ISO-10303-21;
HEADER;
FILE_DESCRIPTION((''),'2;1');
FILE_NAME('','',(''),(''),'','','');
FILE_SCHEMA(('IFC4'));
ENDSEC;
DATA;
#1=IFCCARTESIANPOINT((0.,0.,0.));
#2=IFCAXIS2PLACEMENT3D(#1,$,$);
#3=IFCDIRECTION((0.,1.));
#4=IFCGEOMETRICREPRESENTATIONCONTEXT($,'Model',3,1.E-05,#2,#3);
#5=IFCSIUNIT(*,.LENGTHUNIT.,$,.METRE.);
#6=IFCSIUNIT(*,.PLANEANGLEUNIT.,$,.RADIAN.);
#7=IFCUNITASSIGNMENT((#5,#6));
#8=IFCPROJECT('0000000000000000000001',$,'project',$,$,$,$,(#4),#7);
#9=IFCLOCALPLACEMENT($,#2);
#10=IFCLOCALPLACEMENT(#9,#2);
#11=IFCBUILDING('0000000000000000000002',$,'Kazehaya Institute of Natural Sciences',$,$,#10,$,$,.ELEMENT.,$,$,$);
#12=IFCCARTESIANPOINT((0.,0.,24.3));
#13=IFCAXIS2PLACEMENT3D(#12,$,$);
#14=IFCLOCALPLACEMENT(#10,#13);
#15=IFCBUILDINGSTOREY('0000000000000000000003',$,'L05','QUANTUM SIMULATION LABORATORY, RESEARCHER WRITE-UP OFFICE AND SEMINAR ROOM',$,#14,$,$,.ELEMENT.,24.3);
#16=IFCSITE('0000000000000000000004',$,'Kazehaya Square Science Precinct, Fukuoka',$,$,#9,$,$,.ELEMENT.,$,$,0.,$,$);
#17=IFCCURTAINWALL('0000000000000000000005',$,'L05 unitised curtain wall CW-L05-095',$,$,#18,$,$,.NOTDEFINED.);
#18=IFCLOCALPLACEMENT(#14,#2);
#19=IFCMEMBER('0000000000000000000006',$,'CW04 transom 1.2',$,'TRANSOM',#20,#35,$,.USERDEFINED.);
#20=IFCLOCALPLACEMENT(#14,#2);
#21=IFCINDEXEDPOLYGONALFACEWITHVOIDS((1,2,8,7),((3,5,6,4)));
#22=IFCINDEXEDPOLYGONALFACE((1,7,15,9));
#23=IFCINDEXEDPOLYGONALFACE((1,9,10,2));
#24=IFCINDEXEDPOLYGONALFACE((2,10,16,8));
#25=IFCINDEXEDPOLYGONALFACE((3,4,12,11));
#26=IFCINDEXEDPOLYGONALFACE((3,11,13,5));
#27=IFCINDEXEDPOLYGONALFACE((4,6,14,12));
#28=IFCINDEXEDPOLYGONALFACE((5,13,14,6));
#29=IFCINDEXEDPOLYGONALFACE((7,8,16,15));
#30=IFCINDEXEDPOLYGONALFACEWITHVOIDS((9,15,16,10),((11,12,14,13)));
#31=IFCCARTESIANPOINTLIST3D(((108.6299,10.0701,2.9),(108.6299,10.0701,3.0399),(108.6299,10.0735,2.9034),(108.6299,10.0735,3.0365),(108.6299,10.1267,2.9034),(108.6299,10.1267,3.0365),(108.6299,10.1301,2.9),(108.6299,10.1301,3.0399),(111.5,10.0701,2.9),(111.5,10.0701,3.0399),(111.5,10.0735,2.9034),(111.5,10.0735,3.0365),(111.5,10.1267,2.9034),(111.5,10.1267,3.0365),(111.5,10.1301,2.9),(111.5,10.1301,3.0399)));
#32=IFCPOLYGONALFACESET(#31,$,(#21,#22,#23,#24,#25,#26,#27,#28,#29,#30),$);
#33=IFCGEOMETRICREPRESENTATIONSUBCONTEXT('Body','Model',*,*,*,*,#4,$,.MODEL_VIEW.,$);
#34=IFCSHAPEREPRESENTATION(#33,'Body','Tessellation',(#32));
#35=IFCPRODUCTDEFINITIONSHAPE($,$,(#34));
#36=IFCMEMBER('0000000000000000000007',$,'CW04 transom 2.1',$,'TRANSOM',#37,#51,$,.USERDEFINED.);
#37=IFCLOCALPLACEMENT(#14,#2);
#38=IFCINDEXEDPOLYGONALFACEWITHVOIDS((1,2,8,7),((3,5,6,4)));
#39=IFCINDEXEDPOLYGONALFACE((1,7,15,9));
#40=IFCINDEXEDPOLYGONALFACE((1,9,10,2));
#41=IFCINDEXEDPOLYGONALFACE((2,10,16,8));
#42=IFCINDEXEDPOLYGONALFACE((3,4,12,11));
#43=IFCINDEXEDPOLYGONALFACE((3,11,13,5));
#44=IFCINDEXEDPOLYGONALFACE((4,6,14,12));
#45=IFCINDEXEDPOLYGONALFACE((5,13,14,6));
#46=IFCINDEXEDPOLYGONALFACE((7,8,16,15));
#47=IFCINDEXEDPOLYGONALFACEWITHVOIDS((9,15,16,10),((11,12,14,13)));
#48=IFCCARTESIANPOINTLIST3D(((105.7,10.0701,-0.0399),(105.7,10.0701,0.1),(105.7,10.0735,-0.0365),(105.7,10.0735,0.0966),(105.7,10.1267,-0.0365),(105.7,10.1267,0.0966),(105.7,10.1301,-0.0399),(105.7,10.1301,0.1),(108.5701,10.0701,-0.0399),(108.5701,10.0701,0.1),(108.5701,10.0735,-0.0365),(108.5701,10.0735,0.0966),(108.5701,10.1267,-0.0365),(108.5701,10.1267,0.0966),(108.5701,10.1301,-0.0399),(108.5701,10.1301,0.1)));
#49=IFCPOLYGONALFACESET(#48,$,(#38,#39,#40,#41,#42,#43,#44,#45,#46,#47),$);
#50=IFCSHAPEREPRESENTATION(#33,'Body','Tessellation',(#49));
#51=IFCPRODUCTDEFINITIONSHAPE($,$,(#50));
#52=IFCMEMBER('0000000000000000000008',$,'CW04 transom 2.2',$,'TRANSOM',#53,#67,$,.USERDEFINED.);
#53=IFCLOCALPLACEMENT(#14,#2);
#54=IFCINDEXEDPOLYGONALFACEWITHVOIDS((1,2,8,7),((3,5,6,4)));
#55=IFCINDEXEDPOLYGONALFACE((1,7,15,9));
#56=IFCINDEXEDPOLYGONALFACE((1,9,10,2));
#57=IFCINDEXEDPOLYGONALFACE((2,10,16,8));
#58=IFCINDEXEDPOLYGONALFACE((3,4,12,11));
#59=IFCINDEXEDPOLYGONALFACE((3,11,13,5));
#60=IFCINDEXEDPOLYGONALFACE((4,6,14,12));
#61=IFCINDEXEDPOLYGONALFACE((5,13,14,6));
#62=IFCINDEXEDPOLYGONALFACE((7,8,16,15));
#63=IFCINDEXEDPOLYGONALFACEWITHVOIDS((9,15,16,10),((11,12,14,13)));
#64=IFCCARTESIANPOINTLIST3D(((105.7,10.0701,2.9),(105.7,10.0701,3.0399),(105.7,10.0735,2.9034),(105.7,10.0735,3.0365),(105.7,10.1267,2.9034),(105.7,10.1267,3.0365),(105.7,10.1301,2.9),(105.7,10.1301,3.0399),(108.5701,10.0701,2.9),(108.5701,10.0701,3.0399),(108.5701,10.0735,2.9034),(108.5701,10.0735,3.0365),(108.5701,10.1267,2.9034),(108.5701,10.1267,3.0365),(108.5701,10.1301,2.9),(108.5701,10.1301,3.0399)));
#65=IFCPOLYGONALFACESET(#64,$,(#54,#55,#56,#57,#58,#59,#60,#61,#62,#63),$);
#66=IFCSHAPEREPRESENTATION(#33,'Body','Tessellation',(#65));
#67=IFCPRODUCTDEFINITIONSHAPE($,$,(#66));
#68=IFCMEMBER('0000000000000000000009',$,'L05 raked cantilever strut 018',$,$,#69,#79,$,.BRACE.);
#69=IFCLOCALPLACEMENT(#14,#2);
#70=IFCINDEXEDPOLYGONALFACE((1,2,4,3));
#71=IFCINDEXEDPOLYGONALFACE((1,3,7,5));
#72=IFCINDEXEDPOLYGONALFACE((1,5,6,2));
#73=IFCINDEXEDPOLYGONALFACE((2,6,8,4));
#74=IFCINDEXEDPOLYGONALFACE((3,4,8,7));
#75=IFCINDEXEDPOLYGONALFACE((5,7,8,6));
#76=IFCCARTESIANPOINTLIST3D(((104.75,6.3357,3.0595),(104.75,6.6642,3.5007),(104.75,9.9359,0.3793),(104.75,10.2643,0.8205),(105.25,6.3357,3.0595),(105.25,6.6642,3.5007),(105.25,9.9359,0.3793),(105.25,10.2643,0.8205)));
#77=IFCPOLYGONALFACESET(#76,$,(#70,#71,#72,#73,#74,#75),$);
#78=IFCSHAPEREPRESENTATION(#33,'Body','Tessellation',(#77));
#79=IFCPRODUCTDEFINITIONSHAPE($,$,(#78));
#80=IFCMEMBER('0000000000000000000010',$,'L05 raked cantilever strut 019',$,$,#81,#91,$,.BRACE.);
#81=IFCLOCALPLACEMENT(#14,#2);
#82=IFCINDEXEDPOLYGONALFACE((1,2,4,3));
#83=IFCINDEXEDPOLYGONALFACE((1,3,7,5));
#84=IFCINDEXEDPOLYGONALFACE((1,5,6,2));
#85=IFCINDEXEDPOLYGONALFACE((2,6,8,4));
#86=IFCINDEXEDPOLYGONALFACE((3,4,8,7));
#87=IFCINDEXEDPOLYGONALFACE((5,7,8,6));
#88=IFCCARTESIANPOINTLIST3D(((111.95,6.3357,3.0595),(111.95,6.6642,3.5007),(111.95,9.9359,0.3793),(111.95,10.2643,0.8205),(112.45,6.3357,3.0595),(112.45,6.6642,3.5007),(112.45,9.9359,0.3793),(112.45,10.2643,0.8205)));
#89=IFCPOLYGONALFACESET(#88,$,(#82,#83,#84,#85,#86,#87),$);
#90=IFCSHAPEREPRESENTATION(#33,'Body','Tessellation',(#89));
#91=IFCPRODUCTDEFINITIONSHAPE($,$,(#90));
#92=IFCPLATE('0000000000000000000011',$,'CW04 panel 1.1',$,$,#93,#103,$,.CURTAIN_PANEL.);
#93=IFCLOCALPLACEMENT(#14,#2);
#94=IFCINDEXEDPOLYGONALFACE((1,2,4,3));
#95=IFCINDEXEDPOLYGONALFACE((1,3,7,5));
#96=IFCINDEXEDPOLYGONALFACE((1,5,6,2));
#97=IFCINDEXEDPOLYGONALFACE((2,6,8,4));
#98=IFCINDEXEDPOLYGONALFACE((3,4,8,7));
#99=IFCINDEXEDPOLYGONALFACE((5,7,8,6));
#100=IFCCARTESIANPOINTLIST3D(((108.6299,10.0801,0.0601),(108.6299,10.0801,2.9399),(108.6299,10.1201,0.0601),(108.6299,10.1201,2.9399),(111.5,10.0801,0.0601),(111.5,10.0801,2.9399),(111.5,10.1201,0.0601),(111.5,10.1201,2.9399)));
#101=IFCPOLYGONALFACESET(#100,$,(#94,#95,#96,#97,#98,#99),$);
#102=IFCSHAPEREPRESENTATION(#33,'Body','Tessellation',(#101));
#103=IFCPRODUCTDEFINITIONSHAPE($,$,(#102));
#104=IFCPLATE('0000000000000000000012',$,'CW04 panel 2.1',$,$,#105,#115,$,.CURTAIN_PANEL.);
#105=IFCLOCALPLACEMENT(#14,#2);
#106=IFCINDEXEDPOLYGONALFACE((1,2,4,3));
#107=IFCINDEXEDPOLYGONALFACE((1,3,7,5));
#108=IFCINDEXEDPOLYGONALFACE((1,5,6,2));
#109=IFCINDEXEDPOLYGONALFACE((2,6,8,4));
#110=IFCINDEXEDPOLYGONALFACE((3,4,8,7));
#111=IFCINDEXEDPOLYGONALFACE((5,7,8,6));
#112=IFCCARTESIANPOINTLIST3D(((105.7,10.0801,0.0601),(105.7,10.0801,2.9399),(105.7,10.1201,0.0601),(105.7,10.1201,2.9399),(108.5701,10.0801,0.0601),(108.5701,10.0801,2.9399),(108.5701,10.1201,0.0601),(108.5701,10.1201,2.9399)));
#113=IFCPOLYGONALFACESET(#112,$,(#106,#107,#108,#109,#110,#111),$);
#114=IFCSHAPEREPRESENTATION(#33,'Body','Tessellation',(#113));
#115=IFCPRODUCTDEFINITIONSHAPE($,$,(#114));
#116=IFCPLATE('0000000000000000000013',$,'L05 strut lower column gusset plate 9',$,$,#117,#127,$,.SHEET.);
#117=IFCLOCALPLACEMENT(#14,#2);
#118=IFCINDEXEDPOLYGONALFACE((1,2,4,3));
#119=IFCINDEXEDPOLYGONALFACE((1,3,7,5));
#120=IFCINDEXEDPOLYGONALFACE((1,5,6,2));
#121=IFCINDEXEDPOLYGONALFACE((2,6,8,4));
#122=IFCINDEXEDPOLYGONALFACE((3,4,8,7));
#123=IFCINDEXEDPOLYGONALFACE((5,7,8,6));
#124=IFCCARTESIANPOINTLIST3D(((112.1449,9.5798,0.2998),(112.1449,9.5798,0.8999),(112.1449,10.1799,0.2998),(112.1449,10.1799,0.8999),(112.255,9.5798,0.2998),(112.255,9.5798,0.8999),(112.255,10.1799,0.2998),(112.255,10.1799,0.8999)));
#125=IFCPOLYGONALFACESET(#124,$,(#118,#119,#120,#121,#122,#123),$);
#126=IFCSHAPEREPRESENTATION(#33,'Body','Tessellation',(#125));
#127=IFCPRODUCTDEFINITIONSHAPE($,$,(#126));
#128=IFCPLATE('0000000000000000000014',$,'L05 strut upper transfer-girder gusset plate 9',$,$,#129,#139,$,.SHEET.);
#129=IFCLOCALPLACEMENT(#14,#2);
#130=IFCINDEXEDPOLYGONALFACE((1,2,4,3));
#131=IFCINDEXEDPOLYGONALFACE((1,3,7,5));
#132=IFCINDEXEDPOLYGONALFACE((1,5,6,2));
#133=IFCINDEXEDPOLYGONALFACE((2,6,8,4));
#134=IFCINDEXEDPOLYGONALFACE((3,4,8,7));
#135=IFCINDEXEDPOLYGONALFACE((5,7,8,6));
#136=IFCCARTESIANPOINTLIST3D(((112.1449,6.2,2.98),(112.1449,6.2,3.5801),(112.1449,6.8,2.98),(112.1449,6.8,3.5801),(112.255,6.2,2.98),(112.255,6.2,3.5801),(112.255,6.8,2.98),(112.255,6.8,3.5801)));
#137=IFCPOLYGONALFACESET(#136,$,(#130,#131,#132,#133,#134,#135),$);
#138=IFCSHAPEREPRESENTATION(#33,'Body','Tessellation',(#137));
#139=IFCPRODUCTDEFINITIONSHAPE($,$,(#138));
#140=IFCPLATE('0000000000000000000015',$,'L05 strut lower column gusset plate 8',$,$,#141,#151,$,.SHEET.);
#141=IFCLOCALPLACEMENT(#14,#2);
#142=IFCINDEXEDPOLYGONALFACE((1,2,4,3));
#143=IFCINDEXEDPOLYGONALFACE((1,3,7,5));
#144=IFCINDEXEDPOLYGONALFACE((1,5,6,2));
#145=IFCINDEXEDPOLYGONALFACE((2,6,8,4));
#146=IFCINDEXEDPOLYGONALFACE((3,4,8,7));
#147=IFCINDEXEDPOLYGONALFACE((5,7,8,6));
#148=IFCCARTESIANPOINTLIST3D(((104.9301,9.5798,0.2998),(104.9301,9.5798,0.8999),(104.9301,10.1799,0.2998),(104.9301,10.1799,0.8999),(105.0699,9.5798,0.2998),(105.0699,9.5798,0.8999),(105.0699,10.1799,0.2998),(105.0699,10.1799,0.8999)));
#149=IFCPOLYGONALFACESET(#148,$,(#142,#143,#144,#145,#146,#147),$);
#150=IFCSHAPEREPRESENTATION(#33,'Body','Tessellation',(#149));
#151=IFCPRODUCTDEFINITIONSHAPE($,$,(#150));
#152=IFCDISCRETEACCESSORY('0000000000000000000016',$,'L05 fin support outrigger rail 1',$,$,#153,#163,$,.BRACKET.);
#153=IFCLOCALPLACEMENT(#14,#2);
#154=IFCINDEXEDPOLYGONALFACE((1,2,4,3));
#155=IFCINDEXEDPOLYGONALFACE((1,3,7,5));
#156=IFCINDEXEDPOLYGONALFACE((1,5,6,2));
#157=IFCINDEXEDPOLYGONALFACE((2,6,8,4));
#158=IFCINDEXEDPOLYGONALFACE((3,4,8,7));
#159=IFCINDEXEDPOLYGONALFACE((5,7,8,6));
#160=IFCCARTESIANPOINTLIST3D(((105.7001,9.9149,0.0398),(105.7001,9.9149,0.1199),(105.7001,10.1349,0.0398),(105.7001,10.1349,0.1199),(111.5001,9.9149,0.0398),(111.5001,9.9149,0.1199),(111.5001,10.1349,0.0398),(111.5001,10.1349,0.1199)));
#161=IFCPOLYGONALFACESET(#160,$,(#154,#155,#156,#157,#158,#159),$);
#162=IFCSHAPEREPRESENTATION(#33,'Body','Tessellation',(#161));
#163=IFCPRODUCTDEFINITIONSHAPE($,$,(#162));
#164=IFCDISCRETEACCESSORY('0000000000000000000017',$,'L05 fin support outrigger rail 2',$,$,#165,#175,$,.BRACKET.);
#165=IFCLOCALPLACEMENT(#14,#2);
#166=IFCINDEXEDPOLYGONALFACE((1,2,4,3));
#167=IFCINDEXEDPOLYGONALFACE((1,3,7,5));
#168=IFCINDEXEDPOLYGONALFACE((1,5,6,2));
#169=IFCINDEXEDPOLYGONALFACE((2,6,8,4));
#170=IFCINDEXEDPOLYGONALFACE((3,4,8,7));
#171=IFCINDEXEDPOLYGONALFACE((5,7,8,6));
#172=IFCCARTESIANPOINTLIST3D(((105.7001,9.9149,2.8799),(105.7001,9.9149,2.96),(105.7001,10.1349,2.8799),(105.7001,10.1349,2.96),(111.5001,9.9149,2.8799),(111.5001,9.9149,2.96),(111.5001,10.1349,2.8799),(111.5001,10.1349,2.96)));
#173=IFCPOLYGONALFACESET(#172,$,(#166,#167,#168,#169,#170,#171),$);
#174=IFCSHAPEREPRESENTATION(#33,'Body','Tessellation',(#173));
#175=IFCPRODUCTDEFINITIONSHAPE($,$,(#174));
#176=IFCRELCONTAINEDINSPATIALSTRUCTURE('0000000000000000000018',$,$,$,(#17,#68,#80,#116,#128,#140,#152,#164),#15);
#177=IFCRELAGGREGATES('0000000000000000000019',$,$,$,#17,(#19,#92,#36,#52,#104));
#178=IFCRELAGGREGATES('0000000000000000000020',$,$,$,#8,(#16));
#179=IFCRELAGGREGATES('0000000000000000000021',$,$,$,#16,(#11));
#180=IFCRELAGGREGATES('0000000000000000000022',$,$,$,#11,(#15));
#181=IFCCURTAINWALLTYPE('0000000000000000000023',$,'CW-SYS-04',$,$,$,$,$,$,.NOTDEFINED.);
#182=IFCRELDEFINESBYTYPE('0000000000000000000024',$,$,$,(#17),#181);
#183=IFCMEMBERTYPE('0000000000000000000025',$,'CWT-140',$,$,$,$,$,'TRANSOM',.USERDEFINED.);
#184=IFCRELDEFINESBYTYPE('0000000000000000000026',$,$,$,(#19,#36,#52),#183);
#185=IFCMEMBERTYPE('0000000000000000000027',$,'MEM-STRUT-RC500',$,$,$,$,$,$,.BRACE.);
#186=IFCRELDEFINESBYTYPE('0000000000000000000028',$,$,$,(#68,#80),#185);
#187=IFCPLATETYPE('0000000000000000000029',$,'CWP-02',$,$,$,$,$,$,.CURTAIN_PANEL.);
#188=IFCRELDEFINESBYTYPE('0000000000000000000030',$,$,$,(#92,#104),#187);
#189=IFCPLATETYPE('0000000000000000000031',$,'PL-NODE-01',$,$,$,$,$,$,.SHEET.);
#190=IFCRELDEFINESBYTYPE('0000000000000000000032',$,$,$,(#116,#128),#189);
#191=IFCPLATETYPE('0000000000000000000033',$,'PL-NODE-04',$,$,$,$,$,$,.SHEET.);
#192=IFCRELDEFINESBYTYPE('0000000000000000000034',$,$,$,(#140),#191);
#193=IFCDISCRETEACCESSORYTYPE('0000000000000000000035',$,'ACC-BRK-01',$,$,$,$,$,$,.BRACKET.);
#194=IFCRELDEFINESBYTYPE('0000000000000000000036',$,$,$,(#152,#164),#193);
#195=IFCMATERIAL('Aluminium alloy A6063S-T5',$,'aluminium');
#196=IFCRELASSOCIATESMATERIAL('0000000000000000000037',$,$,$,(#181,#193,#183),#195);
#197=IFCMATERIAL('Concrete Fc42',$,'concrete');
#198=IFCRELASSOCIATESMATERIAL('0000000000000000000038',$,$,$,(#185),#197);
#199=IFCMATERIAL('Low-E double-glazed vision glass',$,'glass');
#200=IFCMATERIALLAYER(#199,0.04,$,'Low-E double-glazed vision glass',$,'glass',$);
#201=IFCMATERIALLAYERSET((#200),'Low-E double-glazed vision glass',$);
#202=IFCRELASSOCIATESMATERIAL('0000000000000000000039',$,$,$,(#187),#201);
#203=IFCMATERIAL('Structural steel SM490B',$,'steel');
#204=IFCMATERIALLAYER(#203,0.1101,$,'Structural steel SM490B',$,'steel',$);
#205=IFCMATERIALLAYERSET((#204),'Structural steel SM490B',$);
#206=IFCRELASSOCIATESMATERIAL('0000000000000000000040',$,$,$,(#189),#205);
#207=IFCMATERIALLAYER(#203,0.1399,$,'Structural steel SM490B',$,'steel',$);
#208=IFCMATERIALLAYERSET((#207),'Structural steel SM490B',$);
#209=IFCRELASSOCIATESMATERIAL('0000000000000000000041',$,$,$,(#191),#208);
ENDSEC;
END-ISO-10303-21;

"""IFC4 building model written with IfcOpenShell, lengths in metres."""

from ifc_helpers import new_model, si_unit, direction, frame, origin, origin_2d, place, context, subcontext, project, spatial, rectangle, hollow_rectangle, extrude, material, layer, layer_set, material_profile, profile_set, type_object, element, aggregate, save


model = new_model("IFC4")

# Units and contexts
model_context = context("Model", 3, precision=1e-05, world=origin(), true_north=direction((0.0, 1.0)))
body_context = subcontext(model_context, "Body", "Model", "MODEL_VIEW")
ifc_project = project(units=[si_unit("LENGTHUNIT", "METRE"), si_unit("PLANEANGLEUNIT", "RADIAN")], contexts=[model_context])

# Site, building, storey
site_placement = place(None, origin())
site = spatial("IfcSite", under=ifc_project, at=site_placement, Name="Kazehaya Square Science Precinct, Fukuoka", CompositionType="ELEMENT", RefElevation=0.0)
building_placement = place(site_placement, origin())
building = spatial("IfcBuilding", under=site, at=building_placement, Name="Kazehaya Institute of Natural Sciences", CompositionType="ELEMENT")
storey_placement = place(building_placement, frame((0.0, 0.0, 24.3)))
storey = spatial("IfcBuildingStorey", under=building, at=storey_placement, Name="L05", Description="QUANTUM SIMULATION LABORATORY, RESEARCHER WRITE-UP OFFICE AND SEMINAR ROOM", CompositionType="ELEMENT", Elevation=24.3)

# Shared definitions
ifc_material_1 = material(Name="Concrete Fc42", Category="concrete")

# Curtain wall, members
ifc_material_2 = material(Name="Aluminium alloy A6063S-T5", Category="aluminium")
curtain_wall_type = type_object("IfcCurtainWallType", Name="CW-SYS-04", PredefinedType="NOTDEFINED", material=ifc_material_2)
curtain_wall_placement = place(storey_placement, origin())
curtain_wall = element("IfcCurtainWall", 1, at=curtain_wall_placement, inside=storey, type_object=curtain_wall_type, Name="L05 unitised curtain wall CW-L05-095", PredefinedType="NOTDEFINED")
ifc_material_profile_1 = material_profile(ifc_material_2, hollow_rectangle(XDim=0.0601, YDim=0.1399, WallThickness=0.0034, at=origin_2d()), Name="ALU-60x140x3.5")
ifc_profile_set_1 = profile_set([ifc_material_profile_1], Name="Aluminium alloy A6063S-T5")
member_type_1 = type_object("IfcMemberType", Name="CWT-140", ElementType="TRANSOM", PredefinedType="USERDEFINED", material=ifc_profile_set_1)
member_1_placement = place(storey_placement, frame((111.5, 10.1001, 2.97), z_axis=(-1.0, 0.0, 0.0), x_axis=(0.0, -1.0, 0.0)))
member_1 = element("IfcMember", 2, at=member_1_placement, type_object=member_type_1, Name="CW04 transom 1.2", ObjectType="TRANSOM", PredefinedType="USERDEFINED", context=body_context, shape_type="SweptSolid", body=[
    extrude(hollow_rectangle(XDim=0.0601, YDim=0.1399, WallThickness=0.0034, at=origin_2d()), origin(), (0.0, 0.0, 1.0), 2.8701),
])
member_2_placement = place(storey_placement, frame((108.5701, 10.1001, 0.03), z_axis=(-1.0, 0.0, 0.0), x_axis=(0.0, -1.0, 0.0)))
member_2 = element("IfcMember", 3, at=member_2_placement, type_object=member_type_1, Name="CW04 transom 2.1", ObjectType="TRANSOM", PredefinedType="USERDEFINED", context=body_context, shape_type="SweptSolid", body=[
    extrude(hollow_rectangle(XDim=0.0601, YDim=0.1399, WallThickness=0.0034, at=origin_2d()), origin(), (0.0, 0.0, 1.0), 2.8701),
])
member_3_placement = place(storey_placement, frame((108.5701, 10.1001, 2.97), z_axis=(-1.0, 0.0, 0.0), x_axis=(0.0, -1.0, 0.0)))
member_3 = element("IfcMember", 4, at=member_3_placement, type_object=member_type_1, Name="CW04 transom 2.2", ObjectType="TRANSOM", PredefinedType="USERDEFINED", context=body_context, shape_type="SweptSolid", body=[
    extrude(hollow_rectangle(XDim=0.0601, YDim=0.1399, WallThickness=0.0034, at=origin_2d()), origin(), (0.0, 0.0, 1.0), 2.8701),
])

# Members
ifc_material_profile_2 = material_profile(ifc_material_1, rectangle(XDim=0.5, YDim=0.55, at=origin_2d()), Name="RC-500x550")
ifc_profile_set_2 = profile_set([ifc_material_profile_2], Name="Concrete Fc42")
member_type_2 = type_object("IfcMemberType", Name="MEM-STRUT-RC500", PredefinedType="BRACE", material=ifc_profile_set_2)
for number, where, z_axis, x_axis, name in (
    (5, (105.0, 10.1001, 0.5999), (0.0, -0.802123, 0.597159), (1.0, 0.0, 0.0), "L05 raked cantilever strut 018"),
    (6, (112.2, 10.1001, 0.5999), (0.0, -0.802123, 0.597159), (1.0, 0.0, 0.0), "L05 raked cantilever strut 019"),
):
    element("IfcMember", number, at=place(storey_placement, frame(where, z_axis=z_axis, x_axis=x_axis)), inside=storey, type_object=member_type_2, Name=name, PredefinedType="BRACE", context=body_context, shape_type="SweptSolid", body=[
        extrude(rectangle(XDim=0.5, YDim=0.55, at=origin_2d()), origin(), (0.0, 0.0, 1.0), 4.4883),
    ])

# Plates
ifc_material_3 = material(Name="Low-E double-glazed vision glass", Category="glass")
ifc_layer_1 = layer(ifc_material_3, 0.04, Name="Low-E double-glazed vision glass", Category="glass")
ifc_layer_set_1 = layer_set([ifc_layer_1], Name="Low-E double-glazed vision glass")
plate_type_1 = type_object("IfcPlateType", Name="CWP-02", PredefinedType="CURTAIN_PANEL", material=ifc_layer_set_1)
plate_1_placement = place(storey_placement, frame((110.0649, 10.1001, 0.0601), z_axis=(0.0, 0.0, 1.0), x_axis=(-1.0, 0.0, 0.0)))
plate_1 = element("IfcPlate", 7, at=plate_1_placement, type_object=plate_type_1, Name="CW04 panel 1.1", PredefinedType="CURTAIN_PANEL", context=body_context, shape_type="SweptSolid", body=[
    extrude(rectangle(XDim=2.8701, YDim=0.04, at=origin_2d()), origin(), (0.0, 0.0, 1.0), 2.8799),
])
plate_2_placement = place(storey_placement, frame((107.135, 10.1001, 0.0601), z_axis=(0.0, 0.0, 1.0), x_axis=(-1.0, 0.0, 0.0)))
plate_2 = element("IfcPlate", 8, at=plate_2_placement, type_object=plate_type_1, Name="CW04 panel 2.1", PredefinedType="CURTAIN_PANEL", context=body_context, shape_type="SweptSolid", body=[
    extrude(rectangle(XDim=2.8701, YDim=0.04, at=origin_2d()), origin(), (0.0, 0.0, 1.0), 2.8799),
])
aggregate(curtain_wall, [member_1, plate_1, member_2, member_3, plate_2])

# Plates
ifc_material_4 = material(Name="Structural steel SM490B", Category="steel")
ifc_layer_2 = layer(ifc_material_4, 0.1101, Name="Structural steel SM490B", Category="steel")
ifc_layer_set_2 = layer_set([ifc_layer_2], Name="Structural steel SM490B")
plate_type_2 = type_object("IfcPlateType", Name="PL-NODE-01", PredefinedType="SHEET", material=ifc_layer_set_2)
for number, where, z_axis, x_axis, name in (
    (9, (112.2, 9.8799, 0.2998), (0.0, 0.0, 1.0), (1.0, 0.0, 0.0), "L05 strut lower column gusset plate 9"),
    (10, (112.2, 6.5, 2.98), (0.0, 0.0, 1.0), (1.0, 0.0, 0.0), "L05 strut upper transfer-girder gusset plate 9"),
):
    element("IfcPlate", number, at=place(storey_placement, frame(where, z_axis=z_axis, x_axis=x_axis)), inside=storey, type_object=plate_type_2, Name=name, PredefinedType="SHEET", context=body_context, shape_type="SweptSolid", body=[
        extrude(rectangle(XDim=0.1101, YDim=0.6001, at=origin_2d()), origin(), (0.0, 0.0, 1.0), 0.6001),
    ])
ifc_layer_3 = layer(ifc_material_4, 0.1399, Name="Structural steel SM490B", Category="steel")
ifc_layer_set_3 = layer_set([ifc_layer_3], Name="Structural steel SM490B")
plate_type_3 = type_object("IfcPlateType", Name="PL-NODE-04", PredefinedType="SHEET", material=ifc_layer_set_3)
plate_3_placement = place(storey_placement, frame((105.0, 9.8799, 0.2998), z_axis=(0.0, 0.0, 1.0), x_axis=(1.0, 0.0, 0.0)))
element("IfcPlate", 11, at=plate_3_placement, inside=storey, type_object=plate_type_3, Name="L05 strut lower column gusset plate 8", PredefinedType="SHEET", context=body_context, shape_type="SweptSolid", body=[
    extrude(rectangle(XDim=0.1399, YDim=0.6001, at=origin_2d()), origin(), (0.0, 0.0, 1.0), 0.6001),
])

# Discrete accessories
discrete_accessory_type = type_object("IfcDiscreteAccessoryType", Name="ACC-BRK-01", PredefinedType="BRACKET", material=ifc_material_2)
for number, where, z_axis, x_axis, name in (
    (12, (108.6001, 10.0249, 0.0398), (0.0, 0.0, 1.0), (-1.0, 0.0, 0.0), "L05 fin support outrigger rail 1"),
    (13, (108.6001, 10.0249, 2.8799), (0.0, 0.0, 1.0), (-1.0, 0.0, 0.0), "L05 fin support outrigger rail 2"),
):
    element("IfcDiscreteAccessory", number, at=place(storey_placement, frame(where, z_axis=z_axis, x_axis=x_axis)), inside=storey, type_object=discrete_accessory_type, Name=name, PredefinedType="BRACKET", context=body_context, shape_type="SweptSolid", body=[
        extrude(rectangle(XDim=5.8, YDim=0.22, at=origin_2d()), origin(), (0.0, 0.0, 1.0), 0.0801),
    ])

save(model, "model.ifc")
